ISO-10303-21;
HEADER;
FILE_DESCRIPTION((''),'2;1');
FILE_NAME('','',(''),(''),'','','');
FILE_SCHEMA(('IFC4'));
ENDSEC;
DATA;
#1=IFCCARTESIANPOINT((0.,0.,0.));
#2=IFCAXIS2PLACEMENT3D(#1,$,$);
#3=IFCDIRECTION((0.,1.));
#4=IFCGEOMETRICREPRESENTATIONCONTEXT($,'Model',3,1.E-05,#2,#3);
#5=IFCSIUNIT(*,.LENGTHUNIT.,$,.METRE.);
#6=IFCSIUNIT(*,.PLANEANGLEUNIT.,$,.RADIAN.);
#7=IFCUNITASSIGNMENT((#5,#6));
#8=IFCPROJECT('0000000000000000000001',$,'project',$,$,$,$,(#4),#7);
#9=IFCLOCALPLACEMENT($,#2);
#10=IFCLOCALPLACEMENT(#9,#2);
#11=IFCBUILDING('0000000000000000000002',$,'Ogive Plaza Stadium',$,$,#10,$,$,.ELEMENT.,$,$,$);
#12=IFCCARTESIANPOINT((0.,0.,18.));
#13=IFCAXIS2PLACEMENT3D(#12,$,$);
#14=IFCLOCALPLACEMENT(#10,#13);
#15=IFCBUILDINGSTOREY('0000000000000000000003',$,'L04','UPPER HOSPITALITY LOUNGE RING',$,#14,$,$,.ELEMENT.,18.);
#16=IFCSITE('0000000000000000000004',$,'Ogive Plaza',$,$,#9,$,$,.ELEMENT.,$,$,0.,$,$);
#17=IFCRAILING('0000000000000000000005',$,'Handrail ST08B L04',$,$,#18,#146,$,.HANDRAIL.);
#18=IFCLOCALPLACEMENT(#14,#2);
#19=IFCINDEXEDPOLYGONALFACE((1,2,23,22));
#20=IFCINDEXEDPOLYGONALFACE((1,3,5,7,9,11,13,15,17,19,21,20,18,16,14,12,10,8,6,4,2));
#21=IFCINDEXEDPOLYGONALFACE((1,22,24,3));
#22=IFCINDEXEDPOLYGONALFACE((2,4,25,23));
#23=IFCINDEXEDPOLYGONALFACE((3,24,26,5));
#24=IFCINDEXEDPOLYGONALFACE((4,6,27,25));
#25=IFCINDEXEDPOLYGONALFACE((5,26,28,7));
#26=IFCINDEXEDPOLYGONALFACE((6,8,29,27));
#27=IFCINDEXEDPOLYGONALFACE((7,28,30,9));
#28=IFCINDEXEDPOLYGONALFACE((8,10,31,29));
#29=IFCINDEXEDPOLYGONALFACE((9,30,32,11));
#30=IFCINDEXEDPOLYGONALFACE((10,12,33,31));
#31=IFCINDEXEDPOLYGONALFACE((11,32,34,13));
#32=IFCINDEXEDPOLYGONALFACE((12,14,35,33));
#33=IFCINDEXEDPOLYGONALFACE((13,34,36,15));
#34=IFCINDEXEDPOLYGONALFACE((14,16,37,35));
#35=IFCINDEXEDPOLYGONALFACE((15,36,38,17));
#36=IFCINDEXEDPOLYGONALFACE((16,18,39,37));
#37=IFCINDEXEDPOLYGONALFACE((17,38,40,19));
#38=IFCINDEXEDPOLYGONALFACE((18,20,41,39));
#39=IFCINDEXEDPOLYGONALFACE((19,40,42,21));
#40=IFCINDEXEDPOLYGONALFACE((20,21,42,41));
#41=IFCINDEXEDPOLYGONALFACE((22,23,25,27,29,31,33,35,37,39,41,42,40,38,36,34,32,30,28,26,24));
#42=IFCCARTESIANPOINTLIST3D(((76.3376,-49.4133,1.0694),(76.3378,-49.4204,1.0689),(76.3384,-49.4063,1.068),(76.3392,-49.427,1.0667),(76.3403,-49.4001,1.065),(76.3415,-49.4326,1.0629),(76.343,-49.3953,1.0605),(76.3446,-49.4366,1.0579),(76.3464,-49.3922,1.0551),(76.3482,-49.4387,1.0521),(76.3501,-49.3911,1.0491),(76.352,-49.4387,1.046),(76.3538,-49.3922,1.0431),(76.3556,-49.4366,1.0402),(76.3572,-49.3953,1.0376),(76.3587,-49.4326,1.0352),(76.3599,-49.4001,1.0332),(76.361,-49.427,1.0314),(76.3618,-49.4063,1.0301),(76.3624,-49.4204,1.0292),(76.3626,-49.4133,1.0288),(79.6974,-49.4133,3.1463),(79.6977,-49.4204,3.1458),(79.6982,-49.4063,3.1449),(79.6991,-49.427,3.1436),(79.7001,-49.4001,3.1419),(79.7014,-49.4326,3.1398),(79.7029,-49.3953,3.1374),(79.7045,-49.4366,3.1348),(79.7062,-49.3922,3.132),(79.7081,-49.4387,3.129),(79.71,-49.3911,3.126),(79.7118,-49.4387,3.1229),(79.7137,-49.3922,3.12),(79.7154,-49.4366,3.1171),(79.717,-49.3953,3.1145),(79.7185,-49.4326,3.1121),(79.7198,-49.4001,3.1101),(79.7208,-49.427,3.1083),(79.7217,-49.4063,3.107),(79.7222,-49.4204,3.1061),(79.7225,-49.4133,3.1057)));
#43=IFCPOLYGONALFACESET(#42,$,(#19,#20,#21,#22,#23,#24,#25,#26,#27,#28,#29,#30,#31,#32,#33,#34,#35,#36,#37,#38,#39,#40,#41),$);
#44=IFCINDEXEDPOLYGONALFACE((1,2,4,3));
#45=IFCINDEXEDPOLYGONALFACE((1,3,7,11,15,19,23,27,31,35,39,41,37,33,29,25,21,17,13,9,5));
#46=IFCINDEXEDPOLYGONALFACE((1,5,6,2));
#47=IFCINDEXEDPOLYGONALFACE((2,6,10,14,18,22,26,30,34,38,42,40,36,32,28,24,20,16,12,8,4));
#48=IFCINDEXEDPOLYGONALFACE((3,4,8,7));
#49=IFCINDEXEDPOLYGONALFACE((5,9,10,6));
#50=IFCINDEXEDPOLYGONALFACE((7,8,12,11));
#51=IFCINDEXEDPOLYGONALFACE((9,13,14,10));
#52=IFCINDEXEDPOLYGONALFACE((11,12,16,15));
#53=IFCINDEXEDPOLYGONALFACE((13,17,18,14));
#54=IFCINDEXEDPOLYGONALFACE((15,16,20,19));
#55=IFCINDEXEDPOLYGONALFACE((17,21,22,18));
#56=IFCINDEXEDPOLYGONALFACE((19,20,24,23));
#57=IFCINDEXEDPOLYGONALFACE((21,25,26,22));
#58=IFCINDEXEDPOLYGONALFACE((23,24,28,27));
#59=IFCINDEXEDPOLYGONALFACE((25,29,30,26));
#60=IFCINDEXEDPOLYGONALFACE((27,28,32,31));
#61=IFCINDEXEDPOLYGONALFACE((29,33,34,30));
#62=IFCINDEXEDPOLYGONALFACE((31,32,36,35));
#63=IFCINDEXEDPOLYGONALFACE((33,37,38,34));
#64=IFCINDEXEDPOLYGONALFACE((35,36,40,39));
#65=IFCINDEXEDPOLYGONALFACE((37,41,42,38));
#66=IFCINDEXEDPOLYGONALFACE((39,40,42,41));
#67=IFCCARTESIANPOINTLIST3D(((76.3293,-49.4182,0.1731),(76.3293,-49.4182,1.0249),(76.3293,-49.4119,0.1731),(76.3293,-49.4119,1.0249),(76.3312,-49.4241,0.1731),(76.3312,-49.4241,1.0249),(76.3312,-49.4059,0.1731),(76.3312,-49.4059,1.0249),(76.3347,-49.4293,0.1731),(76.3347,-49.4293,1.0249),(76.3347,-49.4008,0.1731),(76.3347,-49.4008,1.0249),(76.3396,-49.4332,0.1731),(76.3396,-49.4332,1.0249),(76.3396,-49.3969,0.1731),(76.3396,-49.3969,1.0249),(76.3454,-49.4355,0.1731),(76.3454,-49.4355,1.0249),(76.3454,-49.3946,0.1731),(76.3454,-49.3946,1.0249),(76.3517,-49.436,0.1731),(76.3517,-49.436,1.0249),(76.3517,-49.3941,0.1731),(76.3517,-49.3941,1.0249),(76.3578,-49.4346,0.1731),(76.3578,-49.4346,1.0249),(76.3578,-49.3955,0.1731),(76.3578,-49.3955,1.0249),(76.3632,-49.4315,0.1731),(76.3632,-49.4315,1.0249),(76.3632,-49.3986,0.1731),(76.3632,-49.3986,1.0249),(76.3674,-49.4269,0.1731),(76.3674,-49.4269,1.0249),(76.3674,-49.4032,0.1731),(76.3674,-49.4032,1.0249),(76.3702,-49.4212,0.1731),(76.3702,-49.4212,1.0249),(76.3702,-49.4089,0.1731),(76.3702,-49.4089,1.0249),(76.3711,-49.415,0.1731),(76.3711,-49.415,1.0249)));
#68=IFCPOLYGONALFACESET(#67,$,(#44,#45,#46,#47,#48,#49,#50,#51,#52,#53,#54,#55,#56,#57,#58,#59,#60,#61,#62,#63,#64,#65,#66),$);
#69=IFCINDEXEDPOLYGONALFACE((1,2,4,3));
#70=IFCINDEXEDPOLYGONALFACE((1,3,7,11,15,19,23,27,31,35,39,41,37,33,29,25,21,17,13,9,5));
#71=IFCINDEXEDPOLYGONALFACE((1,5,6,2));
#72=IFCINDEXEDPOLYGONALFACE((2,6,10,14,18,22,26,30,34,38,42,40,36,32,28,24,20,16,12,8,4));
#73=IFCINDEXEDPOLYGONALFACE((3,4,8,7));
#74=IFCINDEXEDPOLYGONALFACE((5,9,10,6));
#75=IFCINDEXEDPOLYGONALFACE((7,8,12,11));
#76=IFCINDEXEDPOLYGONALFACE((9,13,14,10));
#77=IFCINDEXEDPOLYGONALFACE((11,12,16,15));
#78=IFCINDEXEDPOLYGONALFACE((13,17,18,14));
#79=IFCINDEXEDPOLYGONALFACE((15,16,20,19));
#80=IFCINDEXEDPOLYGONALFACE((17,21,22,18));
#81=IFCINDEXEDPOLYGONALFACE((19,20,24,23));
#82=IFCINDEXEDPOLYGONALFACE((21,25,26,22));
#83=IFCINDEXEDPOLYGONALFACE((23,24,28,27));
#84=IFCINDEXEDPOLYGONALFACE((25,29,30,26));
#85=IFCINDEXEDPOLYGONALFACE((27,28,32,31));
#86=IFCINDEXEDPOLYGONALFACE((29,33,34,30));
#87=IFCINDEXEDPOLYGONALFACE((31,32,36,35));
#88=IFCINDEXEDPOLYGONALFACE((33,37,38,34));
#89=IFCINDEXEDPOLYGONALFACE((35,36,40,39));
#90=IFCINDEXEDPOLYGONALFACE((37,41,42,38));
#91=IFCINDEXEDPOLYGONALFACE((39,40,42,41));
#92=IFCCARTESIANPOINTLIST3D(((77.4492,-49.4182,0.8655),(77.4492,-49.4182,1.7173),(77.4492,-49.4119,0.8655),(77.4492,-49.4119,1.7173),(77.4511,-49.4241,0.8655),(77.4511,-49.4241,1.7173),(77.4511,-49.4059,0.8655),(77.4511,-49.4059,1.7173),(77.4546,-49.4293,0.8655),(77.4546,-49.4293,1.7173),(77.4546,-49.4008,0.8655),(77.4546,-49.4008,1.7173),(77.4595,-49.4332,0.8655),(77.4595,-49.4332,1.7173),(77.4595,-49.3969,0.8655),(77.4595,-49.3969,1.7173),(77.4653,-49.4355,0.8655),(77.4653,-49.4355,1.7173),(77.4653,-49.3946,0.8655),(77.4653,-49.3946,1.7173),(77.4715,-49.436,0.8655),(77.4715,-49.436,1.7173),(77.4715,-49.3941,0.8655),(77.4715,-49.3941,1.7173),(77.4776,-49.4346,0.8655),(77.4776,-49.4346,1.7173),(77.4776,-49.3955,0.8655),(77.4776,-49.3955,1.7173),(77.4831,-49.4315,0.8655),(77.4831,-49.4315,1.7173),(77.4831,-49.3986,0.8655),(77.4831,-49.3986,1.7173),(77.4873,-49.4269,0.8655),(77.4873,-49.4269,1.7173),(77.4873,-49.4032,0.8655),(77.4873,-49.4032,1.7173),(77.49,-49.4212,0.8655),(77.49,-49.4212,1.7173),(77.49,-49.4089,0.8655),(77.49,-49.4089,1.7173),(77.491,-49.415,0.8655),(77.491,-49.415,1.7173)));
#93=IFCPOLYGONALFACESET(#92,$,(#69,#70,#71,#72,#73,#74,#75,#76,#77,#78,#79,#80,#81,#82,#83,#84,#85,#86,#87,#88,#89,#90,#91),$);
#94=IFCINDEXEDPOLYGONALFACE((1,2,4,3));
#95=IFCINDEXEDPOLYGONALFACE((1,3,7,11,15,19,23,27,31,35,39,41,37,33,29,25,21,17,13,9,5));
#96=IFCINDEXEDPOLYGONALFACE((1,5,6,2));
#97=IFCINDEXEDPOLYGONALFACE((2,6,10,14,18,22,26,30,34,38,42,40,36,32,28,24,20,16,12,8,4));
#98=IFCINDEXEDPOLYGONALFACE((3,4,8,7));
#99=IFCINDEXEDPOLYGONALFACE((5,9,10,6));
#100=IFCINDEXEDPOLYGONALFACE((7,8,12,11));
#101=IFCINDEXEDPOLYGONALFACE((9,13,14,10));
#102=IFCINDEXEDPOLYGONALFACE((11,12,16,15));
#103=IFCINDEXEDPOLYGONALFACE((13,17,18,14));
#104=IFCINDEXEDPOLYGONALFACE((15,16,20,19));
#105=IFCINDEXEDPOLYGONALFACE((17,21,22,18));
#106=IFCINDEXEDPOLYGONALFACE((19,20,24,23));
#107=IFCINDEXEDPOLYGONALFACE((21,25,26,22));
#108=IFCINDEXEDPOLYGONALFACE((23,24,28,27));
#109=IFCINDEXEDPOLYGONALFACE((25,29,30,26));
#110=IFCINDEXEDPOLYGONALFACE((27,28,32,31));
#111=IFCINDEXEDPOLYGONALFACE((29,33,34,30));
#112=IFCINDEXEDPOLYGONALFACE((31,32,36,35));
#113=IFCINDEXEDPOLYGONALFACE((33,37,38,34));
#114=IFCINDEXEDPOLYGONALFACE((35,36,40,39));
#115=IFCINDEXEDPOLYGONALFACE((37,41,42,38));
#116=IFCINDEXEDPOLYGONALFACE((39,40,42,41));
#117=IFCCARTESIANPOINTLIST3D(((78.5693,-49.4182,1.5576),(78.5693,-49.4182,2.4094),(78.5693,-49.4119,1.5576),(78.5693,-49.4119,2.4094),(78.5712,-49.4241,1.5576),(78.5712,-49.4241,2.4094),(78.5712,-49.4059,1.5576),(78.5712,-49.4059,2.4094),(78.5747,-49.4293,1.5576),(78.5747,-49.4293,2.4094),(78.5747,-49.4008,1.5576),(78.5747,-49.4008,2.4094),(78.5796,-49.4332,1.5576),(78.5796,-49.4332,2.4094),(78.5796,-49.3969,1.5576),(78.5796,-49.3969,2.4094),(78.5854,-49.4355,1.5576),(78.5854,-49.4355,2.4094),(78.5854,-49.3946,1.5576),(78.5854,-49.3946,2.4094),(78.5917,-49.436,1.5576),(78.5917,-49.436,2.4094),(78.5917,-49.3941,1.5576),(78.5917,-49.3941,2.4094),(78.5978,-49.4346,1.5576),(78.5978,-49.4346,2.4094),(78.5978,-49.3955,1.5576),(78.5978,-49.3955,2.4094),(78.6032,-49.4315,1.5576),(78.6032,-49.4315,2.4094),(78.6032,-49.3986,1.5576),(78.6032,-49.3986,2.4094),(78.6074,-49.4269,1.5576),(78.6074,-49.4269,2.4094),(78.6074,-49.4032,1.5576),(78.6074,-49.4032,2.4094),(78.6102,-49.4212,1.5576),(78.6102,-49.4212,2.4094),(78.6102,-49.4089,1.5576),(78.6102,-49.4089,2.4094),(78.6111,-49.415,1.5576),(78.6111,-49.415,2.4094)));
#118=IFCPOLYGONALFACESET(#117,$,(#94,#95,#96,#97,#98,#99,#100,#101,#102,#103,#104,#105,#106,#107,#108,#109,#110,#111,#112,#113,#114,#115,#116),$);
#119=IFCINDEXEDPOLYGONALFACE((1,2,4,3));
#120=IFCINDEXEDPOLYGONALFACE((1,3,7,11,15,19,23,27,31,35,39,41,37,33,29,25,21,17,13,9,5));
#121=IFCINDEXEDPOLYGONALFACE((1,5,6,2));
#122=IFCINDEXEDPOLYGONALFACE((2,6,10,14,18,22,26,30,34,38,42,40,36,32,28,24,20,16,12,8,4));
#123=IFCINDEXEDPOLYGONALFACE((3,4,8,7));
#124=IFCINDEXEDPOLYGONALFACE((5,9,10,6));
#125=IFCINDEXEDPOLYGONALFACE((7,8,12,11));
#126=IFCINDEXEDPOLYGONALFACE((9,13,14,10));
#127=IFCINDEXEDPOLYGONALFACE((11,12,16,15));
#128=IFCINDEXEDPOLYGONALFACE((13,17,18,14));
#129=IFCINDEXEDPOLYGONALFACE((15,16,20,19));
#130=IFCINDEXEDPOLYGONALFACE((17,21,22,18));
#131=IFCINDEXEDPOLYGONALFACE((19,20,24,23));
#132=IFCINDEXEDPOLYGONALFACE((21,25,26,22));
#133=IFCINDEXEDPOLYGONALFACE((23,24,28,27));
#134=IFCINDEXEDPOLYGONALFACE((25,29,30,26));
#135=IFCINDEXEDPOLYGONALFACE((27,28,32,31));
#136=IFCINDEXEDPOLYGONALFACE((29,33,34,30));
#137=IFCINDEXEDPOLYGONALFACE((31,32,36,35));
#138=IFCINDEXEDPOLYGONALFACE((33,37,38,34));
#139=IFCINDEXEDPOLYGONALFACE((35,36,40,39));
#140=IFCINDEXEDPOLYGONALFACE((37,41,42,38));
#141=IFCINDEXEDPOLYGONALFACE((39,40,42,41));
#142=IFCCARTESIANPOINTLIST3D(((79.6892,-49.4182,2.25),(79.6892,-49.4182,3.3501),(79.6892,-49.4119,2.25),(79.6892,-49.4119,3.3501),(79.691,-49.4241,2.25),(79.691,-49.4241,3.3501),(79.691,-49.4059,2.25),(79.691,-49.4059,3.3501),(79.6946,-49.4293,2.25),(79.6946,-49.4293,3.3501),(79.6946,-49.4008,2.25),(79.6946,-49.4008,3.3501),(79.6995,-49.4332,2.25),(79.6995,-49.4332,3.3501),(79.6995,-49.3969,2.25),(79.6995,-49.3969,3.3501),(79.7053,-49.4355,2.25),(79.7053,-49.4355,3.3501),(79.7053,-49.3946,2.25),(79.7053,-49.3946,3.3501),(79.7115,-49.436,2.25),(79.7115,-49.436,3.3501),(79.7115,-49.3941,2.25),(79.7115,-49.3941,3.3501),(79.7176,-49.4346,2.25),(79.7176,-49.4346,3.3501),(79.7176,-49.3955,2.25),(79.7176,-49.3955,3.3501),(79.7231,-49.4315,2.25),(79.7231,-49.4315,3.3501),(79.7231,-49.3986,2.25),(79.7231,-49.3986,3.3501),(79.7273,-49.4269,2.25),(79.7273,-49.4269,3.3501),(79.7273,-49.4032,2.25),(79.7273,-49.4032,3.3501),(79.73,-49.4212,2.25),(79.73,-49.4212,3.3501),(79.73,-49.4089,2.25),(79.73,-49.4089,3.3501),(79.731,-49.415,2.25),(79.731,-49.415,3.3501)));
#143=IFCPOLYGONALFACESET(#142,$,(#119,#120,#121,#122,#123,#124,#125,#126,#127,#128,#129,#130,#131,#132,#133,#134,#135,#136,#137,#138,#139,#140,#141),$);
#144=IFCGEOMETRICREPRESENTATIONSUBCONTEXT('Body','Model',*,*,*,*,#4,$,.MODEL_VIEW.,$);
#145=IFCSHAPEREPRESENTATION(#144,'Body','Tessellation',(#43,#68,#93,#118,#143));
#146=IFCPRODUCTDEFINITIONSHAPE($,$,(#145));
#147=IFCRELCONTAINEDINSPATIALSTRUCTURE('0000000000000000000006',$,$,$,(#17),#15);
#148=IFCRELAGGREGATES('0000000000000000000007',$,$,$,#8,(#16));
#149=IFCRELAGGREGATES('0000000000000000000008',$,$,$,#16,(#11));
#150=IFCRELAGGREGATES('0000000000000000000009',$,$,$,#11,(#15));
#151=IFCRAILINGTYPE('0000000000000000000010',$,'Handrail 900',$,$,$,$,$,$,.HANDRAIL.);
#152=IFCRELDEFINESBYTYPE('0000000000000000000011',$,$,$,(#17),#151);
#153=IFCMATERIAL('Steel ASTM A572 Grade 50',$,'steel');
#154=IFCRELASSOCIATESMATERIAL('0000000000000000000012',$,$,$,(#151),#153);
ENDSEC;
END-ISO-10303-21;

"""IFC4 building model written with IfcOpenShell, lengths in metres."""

from ifc_helpers import new_model, si_unit, direction, frame, origin, origin_2d, place, context, subcontext, project, spatial, circle, extrude, material, type_object, element, save


model = new_model("IFC4")

# Units and contexts
model_context = context("Model", 3, precision=1e-05, world=origin(), true_north=direction((0.0, 1.0)))
body_context = subcontext(model_context, "Body", "Model", "MODEL_VIEW")
ifc_project = project(units=[si_unit("LENGTHUNIT", "METRE"), si_unit("PLANEANGLEUNIT", "RADIAN")], contexts=[model_context])

# Site, building, storey
site_placement = place(None, origin())
site = spatial("IfcSite", under=ifc_project, at=site_placement, Name="Ogive Plaza", CompositionType="ELEMENT", RefElevation=0.0)
building_placement = place(site_placement, origin())
building = spatial("IfcBuilding", under=site, at=building_placement, Name="Ogive Plaza Stadium", CompositionType="ELEMENT")
storey_placement = place(building_placement, frame((0.0, 0.0, 18.0)))
storey = spatial("IfcBuildingStorey", under=building, at=storey_placement, Name="L04", Description="UPPER HOSPITALITY LOUNGE RING", CompositionType="ELEMENT", Elevation=18.0)

# Railing
ifc_material_1 = material(Name="Steel ASTM A572 Grade 50", Category="steel")
railing_type_1 = type_object("IfcRailingType", Name="Handrail 900", PredefinedType="HANDRAIL", material=ifc_material_1)
for number, where, name in (
    (1, (76.3501, -49.415, 0.1731), "Handrail ST08B L04"),
):
    element("IfcRailing", number, at=place(storey_placement, frame(where)), inside=storey, type_object=railing_type_1, Name=name, PredefinedType="HANDRAIL", context=body_context, shape_type="SweptSolid", body=[
        extrude(circle(Radius=0.0239, at=origin_2d()), frame((0.0, 0.0, 0.876), z_axis=(0.850606, 0.0, 0.525803), x_axis=(0.0, 1.0, 0.0)), (0.0, 0.0, 1.0), 3.95),
        extrude(circle(Radius=0.021, at=origin_2d()), origin(), (0.0, 0.0, 1.0), 0.8518),
        extrude(circle(Radius=0.021, at=origin_2d()), frame((1.1199, 0.0, 0.6924)), (0.0, 0.0, 1.0), 0.8518),
        extrude(circle(Radius=0.021, at=origin_2d()), frame((2.24, 0.0, 1.3845)), (0.0, 0.0, 1.0), 0.8518),
        extrude(circle(Radius=0.021, at=origin_2d()), frame((3.3599, 0.0, 2.0769)), (0.0, 0.0, 1.0), 1.1001),
    ])

save(model, "model.ifc")
